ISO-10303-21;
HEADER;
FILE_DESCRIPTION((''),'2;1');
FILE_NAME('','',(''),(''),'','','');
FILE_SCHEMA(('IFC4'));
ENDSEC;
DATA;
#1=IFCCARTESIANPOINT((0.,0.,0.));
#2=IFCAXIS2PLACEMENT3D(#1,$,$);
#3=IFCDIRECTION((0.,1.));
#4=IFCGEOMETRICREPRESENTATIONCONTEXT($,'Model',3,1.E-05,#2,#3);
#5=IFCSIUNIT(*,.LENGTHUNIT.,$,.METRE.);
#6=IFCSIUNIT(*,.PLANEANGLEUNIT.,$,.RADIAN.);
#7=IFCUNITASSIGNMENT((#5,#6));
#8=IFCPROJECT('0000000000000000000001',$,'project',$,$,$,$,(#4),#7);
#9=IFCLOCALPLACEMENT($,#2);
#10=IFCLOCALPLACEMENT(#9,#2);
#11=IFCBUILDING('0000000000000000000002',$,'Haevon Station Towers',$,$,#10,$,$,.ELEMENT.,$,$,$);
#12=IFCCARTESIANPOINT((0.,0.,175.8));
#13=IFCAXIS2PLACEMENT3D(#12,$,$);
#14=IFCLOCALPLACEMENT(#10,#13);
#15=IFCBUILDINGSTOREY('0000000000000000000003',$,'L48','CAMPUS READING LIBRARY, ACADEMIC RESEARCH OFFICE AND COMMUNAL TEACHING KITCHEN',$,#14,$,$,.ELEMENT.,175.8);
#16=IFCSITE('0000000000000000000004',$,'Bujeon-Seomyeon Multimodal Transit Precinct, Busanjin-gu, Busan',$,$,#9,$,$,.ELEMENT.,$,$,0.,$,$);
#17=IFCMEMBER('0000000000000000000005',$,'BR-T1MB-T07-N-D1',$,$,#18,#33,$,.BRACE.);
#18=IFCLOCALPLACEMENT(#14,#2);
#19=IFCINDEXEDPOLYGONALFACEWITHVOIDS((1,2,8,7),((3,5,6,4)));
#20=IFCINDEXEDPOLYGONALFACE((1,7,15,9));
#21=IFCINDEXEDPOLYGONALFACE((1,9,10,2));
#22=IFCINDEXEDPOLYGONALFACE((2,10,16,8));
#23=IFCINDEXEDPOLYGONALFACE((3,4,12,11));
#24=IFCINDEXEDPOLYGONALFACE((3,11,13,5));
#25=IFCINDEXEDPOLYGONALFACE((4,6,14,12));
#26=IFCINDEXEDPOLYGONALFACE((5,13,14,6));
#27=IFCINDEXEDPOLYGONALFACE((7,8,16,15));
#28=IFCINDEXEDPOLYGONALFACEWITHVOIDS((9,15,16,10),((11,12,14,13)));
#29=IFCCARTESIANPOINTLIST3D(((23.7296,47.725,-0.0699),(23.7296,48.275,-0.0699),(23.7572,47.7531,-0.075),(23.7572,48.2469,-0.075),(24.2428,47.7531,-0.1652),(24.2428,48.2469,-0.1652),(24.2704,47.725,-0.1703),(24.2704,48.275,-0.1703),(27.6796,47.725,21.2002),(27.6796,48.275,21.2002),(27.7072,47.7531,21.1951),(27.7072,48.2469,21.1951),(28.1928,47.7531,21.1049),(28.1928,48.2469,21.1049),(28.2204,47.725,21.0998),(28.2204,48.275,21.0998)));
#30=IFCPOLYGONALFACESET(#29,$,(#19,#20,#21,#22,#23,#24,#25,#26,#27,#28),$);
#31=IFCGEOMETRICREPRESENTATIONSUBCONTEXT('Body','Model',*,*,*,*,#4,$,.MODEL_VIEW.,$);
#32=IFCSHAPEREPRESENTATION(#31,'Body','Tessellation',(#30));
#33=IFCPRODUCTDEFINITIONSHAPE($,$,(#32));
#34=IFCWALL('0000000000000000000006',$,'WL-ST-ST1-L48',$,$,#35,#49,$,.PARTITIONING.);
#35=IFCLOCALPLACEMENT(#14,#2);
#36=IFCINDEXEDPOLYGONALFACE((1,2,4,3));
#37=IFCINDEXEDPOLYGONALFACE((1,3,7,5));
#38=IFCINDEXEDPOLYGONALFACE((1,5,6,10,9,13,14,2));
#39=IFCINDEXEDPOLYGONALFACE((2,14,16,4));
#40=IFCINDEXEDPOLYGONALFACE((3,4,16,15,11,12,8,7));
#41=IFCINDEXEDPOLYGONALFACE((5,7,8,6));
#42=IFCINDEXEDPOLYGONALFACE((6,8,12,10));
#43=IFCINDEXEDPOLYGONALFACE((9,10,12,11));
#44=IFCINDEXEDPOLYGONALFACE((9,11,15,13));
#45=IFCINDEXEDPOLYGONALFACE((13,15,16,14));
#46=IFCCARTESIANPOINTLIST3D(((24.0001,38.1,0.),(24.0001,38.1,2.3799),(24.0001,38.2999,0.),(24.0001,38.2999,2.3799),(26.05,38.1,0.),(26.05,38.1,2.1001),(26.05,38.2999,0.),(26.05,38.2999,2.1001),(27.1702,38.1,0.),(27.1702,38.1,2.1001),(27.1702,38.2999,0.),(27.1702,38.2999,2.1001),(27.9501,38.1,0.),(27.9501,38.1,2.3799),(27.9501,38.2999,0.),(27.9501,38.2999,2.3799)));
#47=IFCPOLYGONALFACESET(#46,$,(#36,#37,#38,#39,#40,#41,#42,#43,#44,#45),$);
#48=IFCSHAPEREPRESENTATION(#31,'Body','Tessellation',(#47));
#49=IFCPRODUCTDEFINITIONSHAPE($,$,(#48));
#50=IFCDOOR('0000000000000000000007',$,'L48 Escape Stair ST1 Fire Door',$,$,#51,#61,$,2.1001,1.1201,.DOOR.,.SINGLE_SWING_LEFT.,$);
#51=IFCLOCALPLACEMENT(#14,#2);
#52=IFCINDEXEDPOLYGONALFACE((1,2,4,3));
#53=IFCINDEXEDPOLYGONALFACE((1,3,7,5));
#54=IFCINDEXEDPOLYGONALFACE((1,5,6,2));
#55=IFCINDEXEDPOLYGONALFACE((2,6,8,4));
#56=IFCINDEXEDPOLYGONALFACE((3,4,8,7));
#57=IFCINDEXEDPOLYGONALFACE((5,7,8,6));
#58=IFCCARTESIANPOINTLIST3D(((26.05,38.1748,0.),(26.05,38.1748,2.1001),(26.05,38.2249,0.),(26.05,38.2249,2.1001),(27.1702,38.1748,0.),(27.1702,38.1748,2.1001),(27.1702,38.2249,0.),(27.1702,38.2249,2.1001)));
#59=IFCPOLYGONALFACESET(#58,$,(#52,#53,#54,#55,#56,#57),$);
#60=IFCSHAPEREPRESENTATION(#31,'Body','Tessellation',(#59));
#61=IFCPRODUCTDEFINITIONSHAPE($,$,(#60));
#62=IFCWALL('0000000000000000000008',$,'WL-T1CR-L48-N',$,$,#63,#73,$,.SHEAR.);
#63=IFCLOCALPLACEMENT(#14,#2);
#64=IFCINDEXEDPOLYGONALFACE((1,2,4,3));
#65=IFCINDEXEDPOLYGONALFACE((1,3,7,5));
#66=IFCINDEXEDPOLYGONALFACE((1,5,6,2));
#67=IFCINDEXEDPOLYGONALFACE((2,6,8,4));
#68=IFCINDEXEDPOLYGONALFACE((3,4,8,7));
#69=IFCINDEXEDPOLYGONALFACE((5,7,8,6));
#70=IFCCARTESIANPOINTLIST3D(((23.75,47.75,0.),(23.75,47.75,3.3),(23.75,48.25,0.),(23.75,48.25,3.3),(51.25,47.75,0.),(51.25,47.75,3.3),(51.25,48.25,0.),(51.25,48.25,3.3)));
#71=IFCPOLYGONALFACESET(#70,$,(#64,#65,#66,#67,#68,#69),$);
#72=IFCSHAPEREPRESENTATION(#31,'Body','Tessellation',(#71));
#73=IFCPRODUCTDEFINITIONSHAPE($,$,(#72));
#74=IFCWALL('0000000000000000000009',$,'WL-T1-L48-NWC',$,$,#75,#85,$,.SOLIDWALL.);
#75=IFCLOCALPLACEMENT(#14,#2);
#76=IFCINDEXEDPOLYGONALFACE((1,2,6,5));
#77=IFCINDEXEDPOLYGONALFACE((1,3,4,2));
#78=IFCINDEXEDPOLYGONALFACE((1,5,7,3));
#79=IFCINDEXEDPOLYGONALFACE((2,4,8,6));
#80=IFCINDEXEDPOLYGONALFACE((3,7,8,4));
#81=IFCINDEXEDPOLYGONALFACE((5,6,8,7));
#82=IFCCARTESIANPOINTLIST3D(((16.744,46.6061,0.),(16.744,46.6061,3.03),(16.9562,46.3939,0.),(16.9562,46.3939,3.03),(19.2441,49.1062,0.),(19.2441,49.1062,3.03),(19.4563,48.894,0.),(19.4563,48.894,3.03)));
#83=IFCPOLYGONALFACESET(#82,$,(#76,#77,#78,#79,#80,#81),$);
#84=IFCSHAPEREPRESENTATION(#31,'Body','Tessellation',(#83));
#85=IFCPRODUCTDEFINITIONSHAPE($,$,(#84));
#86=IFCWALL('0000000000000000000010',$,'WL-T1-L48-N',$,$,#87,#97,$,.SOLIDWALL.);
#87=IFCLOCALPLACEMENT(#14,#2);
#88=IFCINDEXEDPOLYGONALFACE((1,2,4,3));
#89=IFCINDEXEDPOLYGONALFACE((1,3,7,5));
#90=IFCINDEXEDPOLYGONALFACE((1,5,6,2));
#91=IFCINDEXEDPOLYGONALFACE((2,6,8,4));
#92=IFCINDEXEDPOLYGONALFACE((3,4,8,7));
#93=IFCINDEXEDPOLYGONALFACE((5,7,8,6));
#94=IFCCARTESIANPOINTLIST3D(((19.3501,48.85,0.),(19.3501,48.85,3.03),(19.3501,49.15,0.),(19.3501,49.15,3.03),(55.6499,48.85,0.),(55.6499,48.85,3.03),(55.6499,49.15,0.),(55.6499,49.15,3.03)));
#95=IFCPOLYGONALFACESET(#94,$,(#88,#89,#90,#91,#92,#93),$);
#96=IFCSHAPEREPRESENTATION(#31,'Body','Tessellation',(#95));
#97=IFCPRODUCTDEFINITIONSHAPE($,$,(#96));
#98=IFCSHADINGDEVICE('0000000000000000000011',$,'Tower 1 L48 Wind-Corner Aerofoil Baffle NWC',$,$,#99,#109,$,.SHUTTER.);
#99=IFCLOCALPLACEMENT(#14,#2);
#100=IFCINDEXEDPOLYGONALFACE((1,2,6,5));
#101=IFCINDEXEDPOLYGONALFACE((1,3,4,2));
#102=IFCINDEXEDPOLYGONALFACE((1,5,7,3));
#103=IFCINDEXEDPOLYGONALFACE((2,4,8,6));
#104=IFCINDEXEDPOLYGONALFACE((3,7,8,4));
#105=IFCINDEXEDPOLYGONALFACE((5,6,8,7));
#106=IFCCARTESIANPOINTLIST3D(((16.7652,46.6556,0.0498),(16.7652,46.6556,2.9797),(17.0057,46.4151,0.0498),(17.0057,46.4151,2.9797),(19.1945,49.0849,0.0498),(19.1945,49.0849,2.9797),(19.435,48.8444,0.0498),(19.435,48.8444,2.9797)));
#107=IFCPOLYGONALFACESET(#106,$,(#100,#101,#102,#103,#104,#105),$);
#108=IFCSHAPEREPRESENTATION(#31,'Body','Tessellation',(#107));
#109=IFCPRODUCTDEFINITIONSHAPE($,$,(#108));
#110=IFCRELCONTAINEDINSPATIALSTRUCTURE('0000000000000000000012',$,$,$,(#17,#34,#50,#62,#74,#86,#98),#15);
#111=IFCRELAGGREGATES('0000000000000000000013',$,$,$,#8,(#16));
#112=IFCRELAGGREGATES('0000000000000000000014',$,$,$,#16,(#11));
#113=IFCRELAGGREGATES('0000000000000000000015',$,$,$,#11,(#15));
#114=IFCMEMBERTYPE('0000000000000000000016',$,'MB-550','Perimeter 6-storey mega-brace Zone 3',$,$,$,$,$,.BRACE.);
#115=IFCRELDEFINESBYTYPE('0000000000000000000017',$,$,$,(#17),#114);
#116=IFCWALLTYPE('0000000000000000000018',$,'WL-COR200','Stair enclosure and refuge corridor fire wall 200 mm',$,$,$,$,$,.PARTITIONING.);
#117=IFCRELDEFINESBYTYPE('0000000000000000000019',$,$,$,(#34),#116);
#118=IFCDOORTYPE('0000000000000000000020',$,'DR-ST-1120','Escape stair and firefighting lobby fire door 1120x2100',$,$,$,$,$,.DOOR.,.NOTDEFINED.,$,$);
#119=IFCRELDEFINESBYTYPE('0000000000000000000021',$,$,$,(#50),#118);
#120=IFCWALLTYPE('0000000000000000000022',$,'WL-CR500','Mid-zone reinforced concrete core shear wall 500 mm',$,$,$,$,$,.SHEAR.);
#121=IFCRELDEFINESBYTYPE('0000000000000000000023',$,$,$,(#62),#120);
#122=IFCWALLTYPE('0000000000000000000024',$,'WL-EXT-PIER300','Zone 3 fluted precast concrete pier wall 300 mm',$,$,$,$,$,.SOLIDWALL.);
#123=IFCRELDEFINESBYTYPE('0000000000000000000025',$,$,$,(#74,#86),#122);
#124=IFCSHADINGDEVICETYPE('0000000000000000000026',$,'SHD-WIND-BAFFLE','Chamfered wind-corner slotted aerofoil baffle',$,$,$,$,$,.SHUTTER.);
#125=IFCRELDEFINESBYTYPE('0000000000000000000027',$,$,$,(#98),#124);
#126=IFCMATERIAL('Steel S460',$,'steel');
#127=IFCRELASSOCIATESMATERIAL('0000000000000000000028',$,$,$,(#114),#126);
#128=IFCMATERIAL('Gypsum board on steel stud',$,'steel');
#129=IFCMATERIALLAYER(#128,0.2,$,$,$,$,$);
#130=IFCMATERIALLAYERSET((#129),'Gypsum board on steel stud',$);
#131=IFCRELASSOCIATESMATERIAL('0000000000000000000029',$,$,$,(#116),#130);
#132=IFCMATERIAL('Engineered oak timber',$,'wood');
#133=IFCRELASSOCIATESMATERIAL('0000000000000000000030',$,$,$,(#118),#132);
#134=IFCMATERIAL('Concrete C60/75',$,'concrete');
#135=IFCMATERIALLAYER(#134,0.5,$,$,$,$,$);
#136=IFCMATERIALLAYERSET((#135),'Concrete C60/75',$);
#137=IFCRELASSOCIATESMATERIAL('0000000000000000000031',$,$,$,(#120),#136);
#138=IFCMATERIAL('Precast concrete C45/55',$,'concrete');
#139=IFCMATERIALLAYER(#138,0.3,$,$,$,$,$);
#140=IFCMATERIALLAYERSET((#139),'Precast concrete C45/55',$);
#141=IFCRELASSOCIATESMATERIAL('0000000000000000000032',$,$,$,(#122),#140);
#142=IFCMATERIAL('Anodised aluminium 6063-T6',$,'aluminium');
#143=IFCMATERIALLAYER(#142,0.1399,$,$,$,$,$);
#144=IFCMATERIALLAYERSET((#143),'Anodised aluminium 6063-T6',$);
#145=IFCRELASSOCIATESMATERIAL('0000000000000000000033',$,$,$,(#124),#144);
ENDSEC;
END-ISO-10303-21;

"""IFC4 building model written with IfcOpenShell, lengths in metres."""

from ifc_helpers import new_model, si_unit, direction, frame, frame_2d, origin, origin_2d, place, context, subcontext, project, spatial, rectangle, hollow_rectangle, extrude, material, layer, layer_set, material_profile, profile_set, type_object, element, fill, save


model = new_model("IFC4")

# Units and contexts
model_context = context("Model", 3, precision=1e-05, world=origin(), true_north=direction((0.0, 1.0)))
body_context = subcontext(model_context, "Body", "Model", "MODEL_VIEW")
ifc_project = project(units=[si_unit("LENGTHUNIT", "METRE"), si_unit("PLANEANGLEUNIT", "RADIAN")], contexts=[model_context])

# Site, building, storey
site_placement = place(None, origin())
site = spatial("IfcSite", under=ifc_project, at=site_placement, Name="Bujeon-Seomyeon Multimodal Transit Precinct, Busanjin-gu, Busan", CompositionType="ELEMENT", RefElevation=0.0)
building_placement = place(site_placement, origin())
building = spatial("IfcBuilding", under=site, at=building_placement, Name="Haevon Station Towers", CompositionType="ELEMENT")
storey_placement = place(building_placement, frame((0.0, 0.0, 175.8)))
storey = spatial("IfcBuildingStorey", under=building, at=storey_placement, Name="L48", Description="CAMPUS READING LIBRARY, ACADEMIC RESEARCH OFFICE AND COMMUNAL TEACHING KITCHEN", CompositionType="ELEMENT", Elevation=175.8)

# Shared definitions
ifc_material_1 = material(Name="Steel S460", Category="steel")

# Member
ifc_material_profile_1 = material_profile(ifc_material_1, hollow_rectangle(XDim=0.55, YDim=0.55, WallThickness=0.0281, at=origin_2d()), Name="RHS-550x550x28")
ifc_profile_set_1 = profile_set([ifc_material_profile_1], Name="Steel S460")
member_type = type_object("IfcMemberType", Name="MB-550", Description="Perimeter 6-storey mega-brace Zone 3", PredefinedType="BRACE", material=ifc_profile_set_1)
member_placement = place(storey_placement, frame((24.0, 48.0, -0.1201), z_axis=(0.182583, 0.0, 0.98319), x_axis=(0.0, 1.0, 0.0)))
element("IfcMember", 1, at=member_placement, inside=storey, type_object=member_type, Name="BR-T1MB-T07-N-D1", PredefinedType="BRACE", context=body_context, shape_type="SweptSolid", body=[
    extrude(hollow_rectangle(XDim=0.55, YDim=0.55, WallThickness=0.0281, at=origin_2d()), origin(), (0.0, 0.0, 1.0), 21.6338),
])

# Wall, opening, door
ifc_material_2 = material(Name="Gypsum board on steel stud", Category="steel")
ifc_layer_1 = layer(ifc_material_2, 0.2)
ifc_layer_set_1 = layer_set([ifc_layer_1], Name="Gypsum board on steel stud")
wall_type_1 = type_object("IfcWallType", Name="WL-COR200", Description="Stair enclosure and refuge corridor fire wall 200 mm", PredefinedType="PARTITIONING", material=ifc_layer_set_1)
wall_1_placement = place(storey_placement, frame((24.0, 38.2, 0.0), z_axis=(0.0, 0.0, 1.0), x_axis=(1.0, 0.0, 0.0)))
wall_1 = element("IfcWall", 2, at=wall_1_placement, inside=storey, type_object=wall_type_1, Name="WL-ST-ST1-L48", PredefinedType="PARTITIONING", context=body_context, shape_type="SweptSolid", body=[
    extrude(rectangle(XDim=3.95, YDim=0.2, at=frame_2d((1.9751, 0.0))), origin(), (0.0, 0.0, 1.0), 2.3799),
])
opening_placement = place(wall_1_placement, frame((2.05, 0.0, 0.0)))
opening = element("IfcOpeningElement", 3, at=opening_placement, cuts=wall_1, PredefinedType="OPENING", context=body_context, shape_type="SweptSolid", body=[
    extrude(rectangle(XDim=1.1201, YDim=2.1001, at=frame_2d((0.5601, 1.05))), frame((0.0, 0.1099, 0.0), z_axis=(0.0, -1.0, 0.0), x_axis=(1.0, 0.0, 0.0)), (0.0, 0.0, 1.0), 0.22),
])
ifc_material_3 = material(Name="Engineered oak timber", Category="wood")
door_type = type_object("IfcDoorType", Name="DR-ST-1120", Description="Escape stair and firefighting lobby fire door 1120x2100", OperationType="NOTDEFINED", PredefinedType="DOOR", material=ifc_material_3)
door_placement = place(opening_placement, origin())
door = element("IfcDoor", 4, at=door_placement, inside=storey, type_object=door_type, Name="L48 Escape Stair ST1 Fire Door", OperationType="SINGLE_SWING_LEFT", OverallHeight=2.1001, OverallWidth=1.1201, PredefinedType="DOOR", context=body_context, shape_type="SweptSolid", body=[
    extrude(rectangle(XDim=1.1201, YDim=2.1001, at=frame_2d((0.5601, 1.05))), frame((0.0, 0.0249, 0.0), z_axis=(0.0, -1.0, 0.0), x_axis=(1.0, 0.0, 0.0)), (0.0, 0.0, 1.0), 0.05),
])
fill(opening, door)

# Walls
ifc_material_4 = material(Name="Concrete C60/75", Category="concrete")
ifc_layer_2 = layer(ifc_material_4, 0.5)
ifc_layer_set_2 = layer_set([ifc_layer_2], Name="Concrete C60/75")
wall_type_2 = type_object("IfcWallType", Name="WL-CR500", Description="Mid-zone reinforced concrete core shear wall 500 mm", PredefinedType="SHEAR", material=ifc_layer_set_2)
wall_2_placement = place(storey_placement, frame((23.75, 48.0, 0.0), z_axis=(0.0, 0.0, 1.0), x_axis=(1.0, 0.0, 0.0)))
element("IfcWall", 5, at=wall_2_placement, inside=storey, type_object=wall_type_2, Name="WL-T1CR-L48-N", PredefinedType="SHEAR", context=body_context, shape_type="SweptSolid", body=[
    extrude(rectangle(XDim=27.5, YDim=0.5, at=frame_2d((13.75, 0.0))), origin(), (0.0, 0.0, 1.0), 3.3),
])
ifc_material_5 = material(Name="Precast concrete C45/55", Category="concrete")
ifc_layer_3 = layer(ifc_material_5, 0.3)
ifc_layer_set_3 = layer_set([ifc_layer_3], Name="Precast concrete C45/55")
wall_type_3 = type_object("IfcWallType", Name="WL-EXT-PIER300", Description="Zone 3 fluted precast concrete pier wall 300 mm", PredefinedType="SOLIDWALL", material=ifc_layer_set_3)
wall_3_placement = place(storey_placement, frame((16.8501, 46.5, 0.0), z_axis=(0.0, 0.0, 1.0), x_axis=(0.707107, 0.707107, 0.0)))
element("IfcWall", 6, at=wall_3_placement, inside=storey, type_object=wall_type_3, Name="WL-T1-L48-NWC", PredefinedType="SOLIDWALL", context=body_context, shape_type="SweptSolid", body=[
    extrude(rectangle(XDim=3.5356, YDim=0.3, at=frame_2d((1.7678, 0.0))), origin(), (0.0, 0.0, 1.0), 3.03),
])
wall_4_placement = place(storey_placement, frame((19.3501, 49.0, 0.0), z_axis=(0.0, 0.0, 1.0), x_axis=(1.0, 0.0, 0.0)))
element("IfcWall", 7, at=wall_4_placement, inside=storey, type_object=wall_type_3, Name="WL-T1-L48-N", PredefinedType="SOLIDWALL", context=body_context, shape_type="SweptSolid", body=[
    extrude(rectangle(XDim=36.2998, YDim=0.3, at=frame_2d((18.1499, 0.0))), origin(), (0.0, 0.0, 1.0), 3.03),
])

# Shading device
ifc_material_6 = material(Name="Anodised aluminium 6063-T6", Category="aluminium")
ifc_layer_4 = layer(ifc_material_6, 0.1399)
ifc_layer_set_4 = layer_set([ifc_layer_4], Name="Anodised aluminium 6063-T6")
shading_device_type = type_object("IfcShadingDeviceType", Name="SHD-WIND-BAFFLE", Description="Chamfered wind-corner slotted aerofoil baffle", PredefinedType="SHUTTER", material=ifc_layer_set_4)
shading_device_placement = place(storey_placement, frame((18.1001, 47.75, 0.0498), z_axis=(0.0, 0.0, 1.0), x_axis=(0.707107, 0.707107, 0.0)))
element("IfcShadingDevice", 8, at=shading_device_placement, inside=storey, type_object=shading_device_type, Name="Tower 1 L48 Wind-Corner Aerofoil Baffle NWC", PredefinedType="SHUTTER", context=body_context, shape_type="SweptSolid", body=[
    extrude(rectangle(XDim=3.4355, YDim=0.3401, at=origin_2d()), origin(), (0.0, 0.0, 1.0), 2.9299),
])

save(model, "model.ifc")
